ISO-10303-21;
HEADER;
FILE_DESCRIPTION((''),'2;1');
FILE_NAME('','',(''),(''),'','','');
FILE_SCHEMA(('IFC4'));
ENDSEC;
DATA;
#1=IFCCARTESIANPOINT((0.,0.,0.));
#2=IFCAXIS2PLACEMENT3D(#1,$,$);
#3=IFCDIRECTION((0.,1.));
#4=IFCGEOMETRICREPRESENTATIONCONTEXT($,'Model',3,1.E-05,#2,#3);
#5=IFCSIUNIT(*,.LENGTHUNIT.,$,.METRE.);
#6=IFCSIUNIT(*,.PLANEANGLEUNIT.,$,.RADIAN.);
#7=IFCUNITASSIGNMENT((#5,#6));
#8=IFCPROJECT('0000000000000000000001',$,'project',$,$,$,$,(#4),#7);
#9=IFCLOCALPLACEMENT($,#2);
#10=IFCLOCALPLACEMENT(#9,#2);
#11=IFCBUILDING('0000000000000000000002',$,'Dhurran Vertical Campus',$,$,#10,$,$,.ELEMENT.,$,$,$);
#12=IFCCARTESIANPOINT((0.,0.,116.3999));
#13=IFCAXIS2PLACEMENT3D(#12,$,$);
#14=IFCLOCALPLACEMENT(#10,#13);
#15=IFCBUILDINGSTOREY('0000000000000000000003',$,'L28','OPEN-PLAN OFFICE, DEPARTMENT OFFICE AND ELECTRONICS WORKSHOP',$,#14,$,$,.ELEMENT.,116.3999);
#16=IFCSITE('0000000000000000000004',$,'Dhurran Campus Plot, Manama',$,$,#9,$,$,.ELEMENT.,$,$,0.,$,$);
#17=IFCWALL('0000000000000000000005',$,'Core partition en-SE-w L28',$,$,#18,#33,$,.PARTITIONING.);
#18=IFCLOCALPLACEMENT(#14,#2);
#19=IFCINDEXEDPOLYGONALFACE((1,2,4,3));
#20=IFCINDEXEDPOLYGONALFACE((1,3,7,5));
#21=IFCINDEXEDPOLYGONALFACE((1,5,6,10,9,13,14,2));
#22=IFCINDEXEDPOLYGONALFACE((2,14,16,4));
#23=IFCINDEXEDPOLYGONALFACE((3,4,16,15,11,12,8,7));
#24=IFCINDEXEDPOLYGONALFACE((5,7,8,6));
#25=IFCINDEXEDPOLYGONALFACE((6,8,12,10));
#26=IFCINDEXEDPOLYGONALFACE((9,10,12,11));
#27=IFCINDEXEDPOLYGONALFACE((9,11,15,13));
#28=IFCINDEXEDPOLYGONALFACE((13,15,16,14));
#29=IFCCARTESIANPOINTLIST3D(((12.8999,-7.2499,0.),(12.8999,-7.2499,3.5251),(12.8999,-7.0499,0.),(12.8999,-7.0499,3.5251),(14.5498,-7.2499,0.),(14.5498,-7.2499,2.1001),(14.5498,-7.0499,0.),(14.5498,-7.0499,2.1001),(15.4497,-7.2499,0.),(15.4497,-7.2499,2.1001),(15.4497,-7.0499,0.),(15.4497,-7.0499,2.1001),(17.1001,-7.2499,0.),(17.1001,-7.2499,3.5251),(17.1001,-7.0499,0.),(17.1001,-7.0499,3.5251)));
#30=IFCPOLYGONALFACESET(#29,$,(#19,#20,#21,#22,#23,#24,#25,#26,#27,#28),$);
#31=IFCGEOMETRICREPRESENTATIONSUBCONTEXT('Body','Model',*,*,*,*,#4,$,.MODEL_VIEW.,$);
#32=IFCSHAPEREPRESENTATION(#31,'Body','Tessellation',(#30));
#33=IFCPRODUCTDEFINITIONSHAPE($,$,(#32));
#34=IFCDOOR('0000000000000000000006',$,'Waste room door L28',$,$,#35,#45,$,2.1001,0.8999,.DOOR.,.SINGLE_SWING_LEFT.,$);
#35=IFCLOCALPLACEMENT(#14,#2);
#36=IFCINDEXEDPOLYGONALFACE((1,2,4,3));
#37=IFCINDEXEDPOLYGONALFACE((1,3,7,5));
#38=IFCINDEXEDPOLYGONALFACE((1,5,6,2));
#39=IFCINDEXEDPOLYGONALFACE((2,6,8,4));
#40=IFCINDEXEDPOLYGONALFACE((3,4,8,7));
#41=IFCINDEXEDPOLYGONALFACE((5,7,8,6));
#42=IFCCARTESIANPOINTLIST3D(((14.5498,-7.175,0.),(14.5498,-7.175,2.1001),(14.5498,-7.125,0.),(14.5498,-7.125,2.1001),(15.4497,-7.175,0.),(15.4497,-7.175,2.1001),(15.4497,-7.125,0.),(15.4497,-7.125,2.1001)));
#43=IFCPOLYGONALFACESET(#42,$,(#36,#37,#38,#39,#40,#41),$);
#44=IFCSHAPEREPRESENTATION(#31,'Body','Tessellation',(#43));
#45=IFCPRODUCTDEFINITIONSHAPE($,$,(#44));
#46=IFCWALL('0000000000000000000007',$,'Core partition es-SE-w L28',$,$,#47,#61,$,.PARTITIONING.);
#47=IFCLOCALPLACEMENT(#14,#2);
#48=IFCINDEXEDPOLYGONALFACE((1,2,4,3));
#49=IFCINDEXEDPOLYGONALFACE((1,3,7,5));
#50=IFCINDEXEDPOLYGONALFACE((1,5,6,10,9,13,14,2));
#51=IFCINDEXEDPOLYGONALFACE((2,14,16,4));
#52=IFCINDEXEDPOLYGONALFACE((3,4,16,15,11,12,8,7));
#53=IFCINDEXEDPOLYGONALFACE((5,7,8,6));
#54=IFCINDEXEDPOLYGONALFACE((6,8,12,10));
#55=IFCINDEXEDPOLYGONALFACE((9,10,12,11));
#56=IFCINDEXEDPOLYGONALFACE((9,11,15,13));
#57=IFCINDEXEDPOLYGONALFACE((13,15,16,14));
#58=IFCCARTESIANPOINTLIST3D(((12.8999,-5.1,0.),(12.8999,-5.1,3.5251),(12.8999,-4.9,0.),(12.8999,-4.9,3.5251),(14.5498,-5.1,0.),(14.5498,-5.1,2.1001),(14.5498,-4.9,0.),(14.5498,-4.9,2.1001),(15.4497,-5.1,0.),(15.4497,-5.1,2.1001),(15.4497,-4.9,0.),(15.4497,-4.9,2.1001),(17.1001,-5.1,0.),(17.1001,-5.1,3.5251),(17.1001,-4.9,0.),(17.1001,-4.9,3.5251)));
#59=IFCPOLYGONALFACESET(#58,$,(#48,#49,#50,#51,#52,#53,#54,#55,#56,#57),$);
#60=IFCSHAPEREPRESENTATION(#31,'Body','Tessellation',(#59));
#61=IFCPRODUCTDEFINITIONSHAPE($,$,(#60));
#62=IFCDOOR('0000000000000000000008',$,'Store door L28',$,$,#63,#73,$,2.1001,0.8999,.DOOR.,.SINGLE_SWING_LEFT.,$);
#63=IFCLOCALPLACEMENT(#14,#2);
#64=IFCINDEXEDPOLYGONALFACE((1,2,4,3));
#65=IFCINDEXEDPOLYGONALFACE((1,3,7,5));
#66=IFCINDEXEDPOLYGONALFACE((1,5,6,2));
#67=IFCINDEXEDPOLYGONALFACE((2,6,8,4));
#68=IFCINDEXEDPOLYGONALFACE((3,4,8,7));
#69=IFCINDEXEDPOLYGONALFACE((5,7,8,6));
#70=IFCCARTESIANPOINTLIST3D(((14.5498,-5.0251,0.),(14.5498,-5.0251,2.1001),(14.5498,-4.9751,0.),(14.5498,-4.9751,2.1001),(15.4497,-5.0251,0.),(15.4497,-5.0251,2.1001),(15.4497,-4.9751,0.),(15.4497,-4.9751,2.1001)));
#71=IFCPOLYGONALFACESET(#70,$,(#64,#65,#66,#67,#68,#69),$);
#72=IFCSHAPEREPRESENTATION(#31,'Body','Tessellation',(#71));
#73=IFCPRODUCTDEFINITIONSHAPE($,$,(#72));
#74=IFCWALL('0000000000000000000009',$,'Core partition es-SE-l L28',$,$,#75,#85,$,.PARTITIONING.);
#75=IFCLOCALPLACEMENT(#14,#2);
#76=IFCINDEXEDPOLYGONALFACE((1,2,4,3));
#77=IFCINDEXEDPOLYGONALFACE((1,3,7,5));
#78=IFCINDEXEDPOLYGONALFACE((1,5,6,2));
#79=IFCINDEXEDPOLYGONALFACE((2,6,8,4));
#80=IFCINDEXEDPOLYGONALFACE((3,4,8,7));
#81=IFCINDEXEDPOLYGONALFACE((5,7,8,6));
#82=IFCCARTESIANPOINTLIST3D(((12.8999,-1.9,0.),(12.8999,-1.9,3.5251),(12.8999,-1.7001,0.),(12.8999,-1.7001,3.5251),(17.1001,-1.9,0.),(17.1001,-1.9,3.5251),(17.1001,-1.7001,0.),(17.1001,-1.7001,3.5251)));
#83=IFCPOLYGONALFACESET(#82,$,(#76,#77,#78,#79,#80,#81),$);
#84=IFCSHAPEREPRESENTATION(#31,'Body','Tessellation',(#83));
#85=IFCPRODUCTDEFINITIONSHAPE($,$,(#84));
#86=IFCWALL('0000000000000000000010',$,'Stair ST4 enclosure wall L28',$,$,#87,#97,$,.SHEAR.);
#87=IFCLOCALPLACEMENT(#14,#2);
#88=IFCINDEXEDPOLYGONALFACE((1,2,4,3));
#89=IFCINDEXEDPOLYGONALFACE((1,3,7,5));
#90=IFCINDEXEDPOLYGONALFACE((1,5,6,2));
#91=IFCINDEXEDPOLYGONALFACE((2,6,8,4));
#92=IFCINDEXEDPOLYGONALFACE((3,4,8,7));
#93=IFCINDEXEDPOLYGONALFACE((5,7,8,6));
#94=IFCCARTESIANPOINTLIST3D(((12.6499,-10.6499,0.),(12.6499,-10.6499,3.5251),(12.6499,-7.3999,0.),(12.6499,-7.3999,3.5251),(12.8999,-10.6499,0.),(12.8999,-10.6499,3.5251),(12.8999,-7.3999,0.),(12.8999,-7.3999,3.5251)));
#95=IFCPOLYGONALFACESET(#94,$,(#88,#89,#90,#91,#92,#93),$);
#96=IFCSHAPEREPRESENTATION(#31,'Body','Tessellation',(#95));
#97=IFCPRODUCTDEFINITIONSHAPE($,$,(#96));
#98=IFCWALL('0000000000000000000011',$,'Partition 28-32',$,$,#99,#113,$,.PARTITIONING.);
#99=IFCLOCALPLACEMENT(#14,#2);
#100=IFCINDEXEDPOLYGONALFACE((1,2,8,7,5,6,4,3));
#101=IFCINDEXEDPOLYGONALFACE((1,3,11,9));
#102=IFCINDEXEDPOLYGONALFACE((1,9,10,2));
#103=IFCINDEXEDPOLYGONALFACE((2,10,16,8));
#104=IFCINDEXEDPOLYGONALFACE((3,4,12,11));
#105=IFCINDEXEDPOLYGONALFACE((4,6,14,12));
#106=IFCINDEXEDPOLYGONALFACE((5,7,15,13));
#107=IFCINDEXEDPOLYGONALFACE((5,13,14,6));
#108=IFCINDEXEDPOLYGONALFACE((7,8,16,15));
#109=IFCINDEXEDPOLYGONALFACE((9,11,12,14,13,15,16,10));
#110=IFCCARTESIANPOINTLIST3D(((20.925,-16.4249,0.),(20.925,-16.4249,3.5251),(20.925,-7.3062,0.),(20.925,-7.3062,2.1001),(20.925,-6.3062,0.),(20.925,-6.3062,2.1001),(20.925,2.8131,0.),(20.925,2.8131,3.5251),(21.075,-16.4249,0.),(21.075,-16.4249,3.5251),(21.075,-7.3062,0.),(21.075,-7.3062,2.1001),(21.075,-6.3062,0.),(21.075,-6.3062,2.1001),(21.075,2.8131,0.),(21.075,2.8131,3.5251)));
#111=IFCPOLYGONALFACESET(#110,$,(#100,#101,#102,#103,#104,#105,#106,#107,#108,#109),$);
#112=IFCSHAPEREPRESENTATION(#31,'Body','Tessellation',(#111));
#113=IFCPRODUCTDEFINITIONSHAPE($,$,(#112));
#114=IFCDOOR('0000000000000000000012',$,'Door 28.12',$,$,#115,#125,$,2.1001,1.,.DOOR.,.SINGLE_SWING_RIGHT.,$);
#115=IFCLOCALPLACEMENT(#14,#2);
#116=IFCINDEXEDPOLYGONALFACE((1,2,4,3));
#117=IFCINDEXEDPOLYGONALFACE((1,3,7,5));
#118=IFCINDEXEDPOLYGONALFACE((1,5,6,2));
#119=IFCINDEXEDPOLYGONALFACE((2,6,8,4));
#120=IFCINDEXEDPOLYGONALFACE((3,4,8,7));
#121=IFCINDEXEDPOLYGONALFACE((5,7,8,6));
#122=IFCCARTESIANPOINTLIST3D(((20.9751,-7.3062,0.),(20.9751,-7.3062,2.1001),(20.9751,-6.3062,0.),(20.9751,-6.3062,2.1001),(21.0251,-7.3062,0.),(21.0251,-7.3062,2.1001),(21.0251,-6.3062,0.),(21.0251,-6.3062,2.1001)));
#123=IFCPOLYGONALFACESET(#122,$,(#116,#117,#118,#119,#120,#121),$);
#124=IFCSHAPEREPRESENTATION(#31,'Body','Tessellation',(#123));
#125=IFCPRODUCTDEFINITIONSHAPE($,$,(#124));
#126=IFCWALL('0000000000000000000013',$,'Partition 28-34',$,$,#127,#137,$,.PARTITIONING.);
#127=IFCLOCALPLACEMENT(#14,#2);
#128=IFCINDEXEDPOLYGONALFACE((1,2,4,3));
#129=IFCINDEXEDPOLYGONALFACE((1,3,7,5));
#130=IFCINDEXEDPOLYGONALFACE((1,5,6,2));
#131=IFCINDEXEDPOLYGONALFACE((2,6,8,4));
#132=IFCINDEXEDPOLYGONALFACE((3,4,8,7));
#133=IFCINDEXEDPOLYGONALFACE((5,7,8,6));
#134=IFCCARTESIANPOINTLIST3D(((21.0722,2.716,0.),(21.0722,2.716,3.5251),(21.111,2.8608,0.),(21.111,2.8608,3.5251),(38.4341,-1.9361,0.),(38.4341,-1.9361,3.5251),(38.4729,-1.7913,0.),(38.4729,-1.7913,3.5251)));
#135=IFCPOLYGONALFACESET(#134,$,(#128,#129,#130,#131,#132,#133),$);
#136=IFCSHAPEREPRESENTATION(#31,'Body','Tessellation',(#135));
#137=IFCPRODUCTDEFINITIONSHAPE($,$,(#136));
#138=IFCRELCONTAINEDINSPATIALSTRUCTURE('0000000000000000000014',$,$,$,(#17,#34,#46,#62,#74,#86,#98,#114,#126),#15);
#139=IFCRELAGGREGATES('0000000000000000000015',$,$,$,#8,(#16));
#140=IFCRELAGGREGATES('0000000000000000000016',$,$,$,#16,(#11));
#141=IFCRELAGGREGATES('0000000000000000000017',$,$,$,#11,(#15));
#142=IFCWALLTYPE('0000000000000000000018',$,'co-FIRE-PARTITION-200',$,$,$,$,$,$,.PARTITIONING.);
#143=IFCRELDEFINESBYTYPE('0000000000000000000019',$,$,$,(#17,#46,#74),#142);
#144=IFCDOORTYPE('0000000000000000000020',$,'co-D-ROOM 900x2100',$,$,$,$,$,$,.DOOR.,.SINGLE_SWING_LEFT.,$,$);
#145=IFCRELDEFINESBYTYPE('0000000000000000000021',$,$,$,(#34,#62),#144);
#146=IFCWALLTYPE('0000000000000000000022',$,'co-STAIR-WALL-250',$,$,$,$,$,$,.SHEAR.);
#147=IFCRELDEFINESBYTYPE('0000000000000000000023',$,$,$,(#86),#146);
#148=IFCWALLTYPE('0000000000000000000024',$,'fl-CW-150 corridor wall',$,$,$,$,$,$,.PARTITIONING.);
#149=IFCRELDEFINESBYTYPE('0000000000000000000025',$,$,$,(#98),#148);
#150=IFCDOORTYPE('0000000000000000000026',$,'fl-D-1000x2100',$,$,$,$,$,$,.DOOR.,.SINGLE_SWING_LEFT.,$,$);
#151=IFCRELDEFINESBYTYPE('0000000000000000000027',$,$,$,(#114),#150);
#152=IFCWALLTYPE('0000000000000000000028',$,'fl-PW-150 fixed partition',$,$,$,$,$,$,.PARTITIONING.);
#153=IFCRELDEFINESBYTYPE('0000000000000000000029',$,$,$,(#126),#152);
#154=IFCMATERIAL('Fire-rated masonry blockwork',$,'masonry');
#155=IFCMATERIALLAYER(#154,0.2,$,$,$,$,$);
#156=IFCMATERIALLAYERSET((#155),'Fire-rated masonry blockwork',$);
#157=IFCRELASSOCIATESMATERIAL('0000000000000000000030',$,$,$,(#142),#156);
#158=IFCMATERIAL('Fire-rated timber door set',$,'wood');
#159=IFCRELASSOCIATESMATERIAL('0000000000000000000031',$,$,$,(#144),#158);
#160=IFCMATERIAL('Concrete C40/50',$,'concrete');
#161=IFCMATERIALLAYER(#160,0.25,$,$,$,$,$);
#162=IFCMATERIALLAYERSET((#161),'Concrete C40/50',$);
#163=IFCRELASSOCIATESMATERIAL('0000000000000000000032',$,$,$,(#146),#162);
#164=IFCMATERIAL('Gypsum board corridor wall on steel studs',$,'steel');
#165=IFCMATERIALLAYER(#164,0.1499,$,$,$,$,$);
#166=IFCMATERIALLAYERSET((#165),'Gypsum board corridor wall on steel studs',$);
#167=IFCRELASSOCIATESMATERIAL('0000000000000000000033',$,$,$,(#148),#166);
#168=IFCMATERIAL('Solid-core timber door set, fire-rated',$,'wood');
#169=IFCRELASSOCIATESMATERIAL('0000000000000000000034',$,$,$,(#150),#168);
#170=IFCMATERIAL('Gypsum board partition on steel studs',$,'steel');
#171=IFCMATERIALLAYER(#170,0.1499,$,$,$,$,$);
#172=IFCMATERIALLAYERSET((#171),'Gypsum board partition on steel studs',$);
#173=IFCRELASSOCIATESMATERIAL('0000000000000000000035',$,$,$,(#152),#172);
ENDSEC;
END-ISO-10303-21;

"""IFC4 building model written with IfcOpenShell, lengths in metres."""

from ifc_helpers import new_model, si_unit, direction, frame, frame_2d, origin, place, context, subcontext, project, spatial, rectangle, extrude, material, layer, layer_set, type_object, element, fill, save


model = new_model("IFC4")

# Units and contexts
model_context = context("Model", 3, precision=1e-05, world=origin(), true_north=direction((0.0, 1.0)))
body_context = subcontext(model_context, "Body", "Model", "MODEL_VIEW")
ifc_project = project(units=[si_unit("LENGTHUNIT", "METRE"), si_unit("PLANEANGLEUNIT", "RADIAN")], contexts=[model_context])

# Site, building, storey
site_placement = place(None, origin())
site = spatial("IfcSite", under=ifc_project, at=site_placement, Name="Dhurran Campus Plot, Manama", CompositionType="ELEMENT", RefElevation=0.0)
building_placement = place(site_placement, origin())
building = spatial("IfcBuilding", under=site, at=building_placement, Name="Dhurran Vertical Campus", CompositionType="ELEMENT")
storey_placement = place(building_placement, frame((0.0, 0.0, 116.3999)))
storey = spatial("IfcBuildingStorey", under=building, at=storey_placement, Name="L28", Description="OPEN-PLAN OFFICE, DEPARTMENT OFFICE AND ELECTRONICS WORKSHOP", CompositionType="ELEMENT", Elevation=116.3999)

# Shared definitions
ifc_material_1 = material(Name="Fire-rated masonry blockwork", Category="masonry")
ifc_layer_1 = layer(ifc_material_1, 0.2)
ifc_layer_set_1 = layer_set([ifc_layer_1], Name="Fire-rated masonry blockwork")
wall_type_1 = type_object("IfcWallType", Name="co-FIRE-PARTITION-200", PredefinedType="PARTITIONING", material=ifc_layer_set_1)

# Walls, openings, doors
wall_1_placement = place(storey_placement, frame((12.8999, -7.1499, 0.0), z_axis=(0.0, 0.0, 1.0), x_axis=(1.0, 0.0, 0.0)))
wall_1 = element("IfcWall", 1, at=wall_1_placement, inside=storey, type_object=wall_type_1, Name="Core partition en-SE-w L28", PredefinedType="PARTITIONING", context=body_context, shape_type="SweptSolid", body=[
    extrude(rectangle(XDim=4.2002, YDim=0.2, at=frame_2d((2.1001, 0.0))), origin(), (0.0, 0.0, 1.0), 3.5251),
])
opening_1_placement = place(wall_1_placement, frame((1.6499, 0.0, 0.0)))
opening_1 = element("IfcOpeningElement", 2, at=opening_1_placement, cuts=wall_1, PredefinedType="OPENING", context=body_context, shape_type="SweptSolid", body=[
    extrude(rectangle(XDim=0.8999, YDim=2.1001, at=frame_2d((0.45, 1.05))), frame((0.0, 0.1099, 0.0), z_axis=(0.0, -1.0, 0.0), x_axis=(1.0, 0.0, 0.0)), (0.0, 0.0, 1.0), 0.22),
])
ifc_material_2 = material(Name="Fire-rated timber door set", Category="wood")
door_type_1 = type_object("IfcDoorType", Name="co-D-ROOM 900x2100", OperationType="SINGLE_SWING_LEFT", PredefinedType="DOOR", material=ifc_material_2)
door_1_placement = place(opening_1_placement, origin())
door_1 = element("IfcDoor", 3, at=door_1_placement, inside=storey, type_object=door_type_1, Name="Waste room door L28", OperationType="SINGLE_SWING_LEFT", OverallHeight=2.1001, OverallWidth=0.8999, PredefinedType="DOOR", context=body_context, shape_type="SweptSolid", body=[
    extrude(rectangle(XDim=0.8999, YDim=2.1001, at=frame_2d((0.45, 1.05))), frame((0.0, 0.0249, 0.0), z_axis=(0.0, -1.0, 0.0), x_axis=(1.0, 0.0, 0.0)), (0.0, 0.0, 1.0), 0.05),
])
fill(opening_1, door_1)
wall_2_placement = place(storey_placement, frame((12.8999, -5.0, 0.0), z_axis=(0.0, 0.0, 1.0), x_axis=(1.0, 0.0, 0.0)))
wall_2 = element("IfcWall", 4, at=wall_2_placement, inside=storey, type_object=wall_type_1, Name="Core partition es-SE-w L28", PredefinedType="PARTITIONING", context=body_context, shape_type="SweptSolid", body=[
    extrude(rectangle(XDim=4.2002, YDim=0.2, at=frame_2d((2.1001, 0.0))), origin(), (0.0, 0.0, 1.0), 3.5251),
])
opening_2_placement = place(wall_2_placement, frame((1.6499, 0.0, 0.0)))
opening_2 = element("IfcOpeningElement", 5, at=opening_2_placement, cuts=wall_2, PredefinedType="OPENING", context=body_context, shape_type="SweptSolid", body=[
    extrude(rectangle(XDim=0.8999, YDim=2.1001, at=frame_2d((0.45, 1.05))), frame((0.0, 0.1099, 0.0), z_axis=(0.0, -1.0, 0.0), x_axis=(1.0, 0.0, 0.0)), (0.0, 0.0, 1.0), 0.22),
])
door_2_placement = place(opening_2_placement, origin())
door_2 = element("IfcDoor", 6, at=door_2_placement, inside=storey, type_object=door_type_1, Name="Store door L28", OperationType="SINGLE_SWING_LEFT", OverallHeight=2.1001, OverallWidth=0.8999, PredefinedType="DOOR", context=body_context, shape_type="SweptSolid", body=[
    extrude(rectangle(XDim=0.8999, YDim=2.1001, at=frame_2d((0.45, 1.05))), frame((0.0, 0.0249, 0.0), z_axis=(0.0, -1.0, 0.0), x_axis=(1.0, 0.0, 0.0)), (0.0, 0.0, 1.0), 0.05),
])
fill(opening_2, door_2)

# Walls
wall_3_placement = place(storey_placement, frame((12.8999, -1.8, 0.0), z_axis=(0.0, 0.0, 1.0), x_axis=(1.0, 0.0, 0.0)))
element("IfcWall", 7, at=wall_3_placement, inside=storey, type_object=wall_type_1, Name="Core partition es-SE-l L28", PredefinedType="PARTITIONING", context=body_context, shape_type="SweptSolid", body=[
    extrude(rectangle(XDim=4.2002, YDim=0.2, at=frame_2d((2.1001, 0.0))), origin(), (0.0, 0.0, 1.0), 3.5251),
])
ifc_material_3 = material(Name="Concrete C40/50", Category="concrete")
ifc_layer_2 = layer(ifc_material_3, 0.25)
ifc_layer_set_2 = layer_set([ifc_layer_2], Name="Concrete C40/50")
wall_type_2 = type_object("IfcWallType", Name="co-STAIR-WALL-250", PredefinedType="SHEAR", material=ifc_layer_set_2)
wall_4_placement = place(storey_placement, frame((12.7749, -10.6499, 0.0), z_axis=(0.0, 0.0, 1.0), x_axis=(0.0, 1.0, 0.0)))
element("IfcWall", 8, at=wall_4_placement, inside=storey, type_object=wall_type_2, Name="Stair ST4 enclosure wall L28", PredefinedType="SHEAR", context=body_context, shape_type="SweptSolid", body=[
    extrude(rectangle(XDim=3.25, YDim=0.25, at=frame_2d((1.625, 0.0))), origin(), (0.0, 0.0, 1.0), 3.5251),
])

# Wall, opening, door
ifc_material_4 = material(Name="Gypsum board corridor wall on steel studs", Category="steel")
ifc_layer_3 = layer(ifc_material_4, 0.1499)
ifc_layer_set_3 = layer_set([ifc_layer_3], Name="Gypsum board corridor wall on steel studs")
wall_type_3 = type_object("IfcWallType", Name="fl-CW-150 corridor wall", PredefinedType="PARTITIONING", material=ifc_layer_set_3)
wall_5_placement = place(storey_placement, frame((21.0, -16.425, 0.0), z_axis=(0.0, 0.0, 1.0), x_axis=(0.0, 1.0, 0.0)))
wall_5 = element("IfcWall", 9, at=wall_5_placement, inside=storey, type_object=wall_type_3, Name="Partition 28-32", PredefinedType="PARTITIONING", context=body_context, shape_type="SweptSolid", body=[
    extrude(rectangle(XDim=19.238, YDim=0.1499, at=frame_2d((9.6191, 0.0))), origin(), (0.0, 0.0, 1.0), 3.5251),
])
opening_3_placement = place(wall_5_placement, frame((9.1189, 0.0, 0.0)))
opening_3 = element("IfcOpeningElement", 10, at=opening_3_placement, cuts=wall_5, PredefinedType="OPENING", context=body_context, shape_type="SweptSolid", body=[
    extrude(rectangle(XDim=1.0, YDim=2.1001, at=frame_2d((0.5, 1.05))), frame((0.0, 0.085, 0.0), z_axis=(0.0, -1.0, 0.0), x_axis=(1.0, 0.0, 0.0)), (0.0, 0.0, 1.0), 0.1699),
])
ifc_material_5 = material(Name="Solid-core timber door set, fire-rated", Category="wood")
door_type_2 = type_object("IfcDoorType", Name="fl-D-1000x2100", OperationType="SINGLE_SWING_LEFT", PredefinedType="DOOR", material=ifc_material_5)
door_3_placement = place(opening_3_placement, origin())
door_3 = element("IfcDoor", 11, at=door_3_placement, inside=storey, type_object=door_type_2, Name="Door 28.12", OperationType="SINGLE_SWING_RIGHT", OverallHeight=2.1001, OverallWidth=1.0, PredefinedType="DOOR", context=body_context, shape_type="SweptSolid", body=[
    extrude(rectangle(XDim=1.0, YDim=2.1001, at=frame_2d((0.5, 1.05))), frame((0.0, 0.0249, 0.0), z_axis=(0.0, -1.0, 0.0), x_axis=(1.0, 0.0, 0.0)), (0.0, 0.0, 1.0), 0.05),
])
fill(opening_3, door_3)

# Wall
ifc_material_6 = material(Name="Gypsum board partition on steel studs", Category="steel")
ifc_layer_4 = layer(ifc_material_6, 0.1499)
ifc_layer_set_4 = layer_set([ifc_layer_4], Name="Gypsum board partition on steel studs")
wall_type_4 = type_object("IfcWallType", Name="fl-PW-150 fixed partition", PredefinedType="PARTITIONING", material=ifc_layer_set_4)
wall_6_placement = place(storey_placement, frame((38.4536, -1.8638, 0.0), z_axis=(0.0, 0.0, 1.0), x_axis=(-0.965926, 0.25882, 0.0)))
element("IfcWall", 12, at=wall_6_placement, inside=storey, type_object=wall_type_4, Name="Partition 28-34", PredefinedType="PARTITIONING", context=body_context, shape_type="SweptSolid", body=[
    extrude(rectangle(XDim=17.9744, YDim=0.1499, at=frame_2d((8.9873, 0.0))), origin(), (0.0, 0.0, 1.0), 3.5251),
])

save(model, "model.ifc")
